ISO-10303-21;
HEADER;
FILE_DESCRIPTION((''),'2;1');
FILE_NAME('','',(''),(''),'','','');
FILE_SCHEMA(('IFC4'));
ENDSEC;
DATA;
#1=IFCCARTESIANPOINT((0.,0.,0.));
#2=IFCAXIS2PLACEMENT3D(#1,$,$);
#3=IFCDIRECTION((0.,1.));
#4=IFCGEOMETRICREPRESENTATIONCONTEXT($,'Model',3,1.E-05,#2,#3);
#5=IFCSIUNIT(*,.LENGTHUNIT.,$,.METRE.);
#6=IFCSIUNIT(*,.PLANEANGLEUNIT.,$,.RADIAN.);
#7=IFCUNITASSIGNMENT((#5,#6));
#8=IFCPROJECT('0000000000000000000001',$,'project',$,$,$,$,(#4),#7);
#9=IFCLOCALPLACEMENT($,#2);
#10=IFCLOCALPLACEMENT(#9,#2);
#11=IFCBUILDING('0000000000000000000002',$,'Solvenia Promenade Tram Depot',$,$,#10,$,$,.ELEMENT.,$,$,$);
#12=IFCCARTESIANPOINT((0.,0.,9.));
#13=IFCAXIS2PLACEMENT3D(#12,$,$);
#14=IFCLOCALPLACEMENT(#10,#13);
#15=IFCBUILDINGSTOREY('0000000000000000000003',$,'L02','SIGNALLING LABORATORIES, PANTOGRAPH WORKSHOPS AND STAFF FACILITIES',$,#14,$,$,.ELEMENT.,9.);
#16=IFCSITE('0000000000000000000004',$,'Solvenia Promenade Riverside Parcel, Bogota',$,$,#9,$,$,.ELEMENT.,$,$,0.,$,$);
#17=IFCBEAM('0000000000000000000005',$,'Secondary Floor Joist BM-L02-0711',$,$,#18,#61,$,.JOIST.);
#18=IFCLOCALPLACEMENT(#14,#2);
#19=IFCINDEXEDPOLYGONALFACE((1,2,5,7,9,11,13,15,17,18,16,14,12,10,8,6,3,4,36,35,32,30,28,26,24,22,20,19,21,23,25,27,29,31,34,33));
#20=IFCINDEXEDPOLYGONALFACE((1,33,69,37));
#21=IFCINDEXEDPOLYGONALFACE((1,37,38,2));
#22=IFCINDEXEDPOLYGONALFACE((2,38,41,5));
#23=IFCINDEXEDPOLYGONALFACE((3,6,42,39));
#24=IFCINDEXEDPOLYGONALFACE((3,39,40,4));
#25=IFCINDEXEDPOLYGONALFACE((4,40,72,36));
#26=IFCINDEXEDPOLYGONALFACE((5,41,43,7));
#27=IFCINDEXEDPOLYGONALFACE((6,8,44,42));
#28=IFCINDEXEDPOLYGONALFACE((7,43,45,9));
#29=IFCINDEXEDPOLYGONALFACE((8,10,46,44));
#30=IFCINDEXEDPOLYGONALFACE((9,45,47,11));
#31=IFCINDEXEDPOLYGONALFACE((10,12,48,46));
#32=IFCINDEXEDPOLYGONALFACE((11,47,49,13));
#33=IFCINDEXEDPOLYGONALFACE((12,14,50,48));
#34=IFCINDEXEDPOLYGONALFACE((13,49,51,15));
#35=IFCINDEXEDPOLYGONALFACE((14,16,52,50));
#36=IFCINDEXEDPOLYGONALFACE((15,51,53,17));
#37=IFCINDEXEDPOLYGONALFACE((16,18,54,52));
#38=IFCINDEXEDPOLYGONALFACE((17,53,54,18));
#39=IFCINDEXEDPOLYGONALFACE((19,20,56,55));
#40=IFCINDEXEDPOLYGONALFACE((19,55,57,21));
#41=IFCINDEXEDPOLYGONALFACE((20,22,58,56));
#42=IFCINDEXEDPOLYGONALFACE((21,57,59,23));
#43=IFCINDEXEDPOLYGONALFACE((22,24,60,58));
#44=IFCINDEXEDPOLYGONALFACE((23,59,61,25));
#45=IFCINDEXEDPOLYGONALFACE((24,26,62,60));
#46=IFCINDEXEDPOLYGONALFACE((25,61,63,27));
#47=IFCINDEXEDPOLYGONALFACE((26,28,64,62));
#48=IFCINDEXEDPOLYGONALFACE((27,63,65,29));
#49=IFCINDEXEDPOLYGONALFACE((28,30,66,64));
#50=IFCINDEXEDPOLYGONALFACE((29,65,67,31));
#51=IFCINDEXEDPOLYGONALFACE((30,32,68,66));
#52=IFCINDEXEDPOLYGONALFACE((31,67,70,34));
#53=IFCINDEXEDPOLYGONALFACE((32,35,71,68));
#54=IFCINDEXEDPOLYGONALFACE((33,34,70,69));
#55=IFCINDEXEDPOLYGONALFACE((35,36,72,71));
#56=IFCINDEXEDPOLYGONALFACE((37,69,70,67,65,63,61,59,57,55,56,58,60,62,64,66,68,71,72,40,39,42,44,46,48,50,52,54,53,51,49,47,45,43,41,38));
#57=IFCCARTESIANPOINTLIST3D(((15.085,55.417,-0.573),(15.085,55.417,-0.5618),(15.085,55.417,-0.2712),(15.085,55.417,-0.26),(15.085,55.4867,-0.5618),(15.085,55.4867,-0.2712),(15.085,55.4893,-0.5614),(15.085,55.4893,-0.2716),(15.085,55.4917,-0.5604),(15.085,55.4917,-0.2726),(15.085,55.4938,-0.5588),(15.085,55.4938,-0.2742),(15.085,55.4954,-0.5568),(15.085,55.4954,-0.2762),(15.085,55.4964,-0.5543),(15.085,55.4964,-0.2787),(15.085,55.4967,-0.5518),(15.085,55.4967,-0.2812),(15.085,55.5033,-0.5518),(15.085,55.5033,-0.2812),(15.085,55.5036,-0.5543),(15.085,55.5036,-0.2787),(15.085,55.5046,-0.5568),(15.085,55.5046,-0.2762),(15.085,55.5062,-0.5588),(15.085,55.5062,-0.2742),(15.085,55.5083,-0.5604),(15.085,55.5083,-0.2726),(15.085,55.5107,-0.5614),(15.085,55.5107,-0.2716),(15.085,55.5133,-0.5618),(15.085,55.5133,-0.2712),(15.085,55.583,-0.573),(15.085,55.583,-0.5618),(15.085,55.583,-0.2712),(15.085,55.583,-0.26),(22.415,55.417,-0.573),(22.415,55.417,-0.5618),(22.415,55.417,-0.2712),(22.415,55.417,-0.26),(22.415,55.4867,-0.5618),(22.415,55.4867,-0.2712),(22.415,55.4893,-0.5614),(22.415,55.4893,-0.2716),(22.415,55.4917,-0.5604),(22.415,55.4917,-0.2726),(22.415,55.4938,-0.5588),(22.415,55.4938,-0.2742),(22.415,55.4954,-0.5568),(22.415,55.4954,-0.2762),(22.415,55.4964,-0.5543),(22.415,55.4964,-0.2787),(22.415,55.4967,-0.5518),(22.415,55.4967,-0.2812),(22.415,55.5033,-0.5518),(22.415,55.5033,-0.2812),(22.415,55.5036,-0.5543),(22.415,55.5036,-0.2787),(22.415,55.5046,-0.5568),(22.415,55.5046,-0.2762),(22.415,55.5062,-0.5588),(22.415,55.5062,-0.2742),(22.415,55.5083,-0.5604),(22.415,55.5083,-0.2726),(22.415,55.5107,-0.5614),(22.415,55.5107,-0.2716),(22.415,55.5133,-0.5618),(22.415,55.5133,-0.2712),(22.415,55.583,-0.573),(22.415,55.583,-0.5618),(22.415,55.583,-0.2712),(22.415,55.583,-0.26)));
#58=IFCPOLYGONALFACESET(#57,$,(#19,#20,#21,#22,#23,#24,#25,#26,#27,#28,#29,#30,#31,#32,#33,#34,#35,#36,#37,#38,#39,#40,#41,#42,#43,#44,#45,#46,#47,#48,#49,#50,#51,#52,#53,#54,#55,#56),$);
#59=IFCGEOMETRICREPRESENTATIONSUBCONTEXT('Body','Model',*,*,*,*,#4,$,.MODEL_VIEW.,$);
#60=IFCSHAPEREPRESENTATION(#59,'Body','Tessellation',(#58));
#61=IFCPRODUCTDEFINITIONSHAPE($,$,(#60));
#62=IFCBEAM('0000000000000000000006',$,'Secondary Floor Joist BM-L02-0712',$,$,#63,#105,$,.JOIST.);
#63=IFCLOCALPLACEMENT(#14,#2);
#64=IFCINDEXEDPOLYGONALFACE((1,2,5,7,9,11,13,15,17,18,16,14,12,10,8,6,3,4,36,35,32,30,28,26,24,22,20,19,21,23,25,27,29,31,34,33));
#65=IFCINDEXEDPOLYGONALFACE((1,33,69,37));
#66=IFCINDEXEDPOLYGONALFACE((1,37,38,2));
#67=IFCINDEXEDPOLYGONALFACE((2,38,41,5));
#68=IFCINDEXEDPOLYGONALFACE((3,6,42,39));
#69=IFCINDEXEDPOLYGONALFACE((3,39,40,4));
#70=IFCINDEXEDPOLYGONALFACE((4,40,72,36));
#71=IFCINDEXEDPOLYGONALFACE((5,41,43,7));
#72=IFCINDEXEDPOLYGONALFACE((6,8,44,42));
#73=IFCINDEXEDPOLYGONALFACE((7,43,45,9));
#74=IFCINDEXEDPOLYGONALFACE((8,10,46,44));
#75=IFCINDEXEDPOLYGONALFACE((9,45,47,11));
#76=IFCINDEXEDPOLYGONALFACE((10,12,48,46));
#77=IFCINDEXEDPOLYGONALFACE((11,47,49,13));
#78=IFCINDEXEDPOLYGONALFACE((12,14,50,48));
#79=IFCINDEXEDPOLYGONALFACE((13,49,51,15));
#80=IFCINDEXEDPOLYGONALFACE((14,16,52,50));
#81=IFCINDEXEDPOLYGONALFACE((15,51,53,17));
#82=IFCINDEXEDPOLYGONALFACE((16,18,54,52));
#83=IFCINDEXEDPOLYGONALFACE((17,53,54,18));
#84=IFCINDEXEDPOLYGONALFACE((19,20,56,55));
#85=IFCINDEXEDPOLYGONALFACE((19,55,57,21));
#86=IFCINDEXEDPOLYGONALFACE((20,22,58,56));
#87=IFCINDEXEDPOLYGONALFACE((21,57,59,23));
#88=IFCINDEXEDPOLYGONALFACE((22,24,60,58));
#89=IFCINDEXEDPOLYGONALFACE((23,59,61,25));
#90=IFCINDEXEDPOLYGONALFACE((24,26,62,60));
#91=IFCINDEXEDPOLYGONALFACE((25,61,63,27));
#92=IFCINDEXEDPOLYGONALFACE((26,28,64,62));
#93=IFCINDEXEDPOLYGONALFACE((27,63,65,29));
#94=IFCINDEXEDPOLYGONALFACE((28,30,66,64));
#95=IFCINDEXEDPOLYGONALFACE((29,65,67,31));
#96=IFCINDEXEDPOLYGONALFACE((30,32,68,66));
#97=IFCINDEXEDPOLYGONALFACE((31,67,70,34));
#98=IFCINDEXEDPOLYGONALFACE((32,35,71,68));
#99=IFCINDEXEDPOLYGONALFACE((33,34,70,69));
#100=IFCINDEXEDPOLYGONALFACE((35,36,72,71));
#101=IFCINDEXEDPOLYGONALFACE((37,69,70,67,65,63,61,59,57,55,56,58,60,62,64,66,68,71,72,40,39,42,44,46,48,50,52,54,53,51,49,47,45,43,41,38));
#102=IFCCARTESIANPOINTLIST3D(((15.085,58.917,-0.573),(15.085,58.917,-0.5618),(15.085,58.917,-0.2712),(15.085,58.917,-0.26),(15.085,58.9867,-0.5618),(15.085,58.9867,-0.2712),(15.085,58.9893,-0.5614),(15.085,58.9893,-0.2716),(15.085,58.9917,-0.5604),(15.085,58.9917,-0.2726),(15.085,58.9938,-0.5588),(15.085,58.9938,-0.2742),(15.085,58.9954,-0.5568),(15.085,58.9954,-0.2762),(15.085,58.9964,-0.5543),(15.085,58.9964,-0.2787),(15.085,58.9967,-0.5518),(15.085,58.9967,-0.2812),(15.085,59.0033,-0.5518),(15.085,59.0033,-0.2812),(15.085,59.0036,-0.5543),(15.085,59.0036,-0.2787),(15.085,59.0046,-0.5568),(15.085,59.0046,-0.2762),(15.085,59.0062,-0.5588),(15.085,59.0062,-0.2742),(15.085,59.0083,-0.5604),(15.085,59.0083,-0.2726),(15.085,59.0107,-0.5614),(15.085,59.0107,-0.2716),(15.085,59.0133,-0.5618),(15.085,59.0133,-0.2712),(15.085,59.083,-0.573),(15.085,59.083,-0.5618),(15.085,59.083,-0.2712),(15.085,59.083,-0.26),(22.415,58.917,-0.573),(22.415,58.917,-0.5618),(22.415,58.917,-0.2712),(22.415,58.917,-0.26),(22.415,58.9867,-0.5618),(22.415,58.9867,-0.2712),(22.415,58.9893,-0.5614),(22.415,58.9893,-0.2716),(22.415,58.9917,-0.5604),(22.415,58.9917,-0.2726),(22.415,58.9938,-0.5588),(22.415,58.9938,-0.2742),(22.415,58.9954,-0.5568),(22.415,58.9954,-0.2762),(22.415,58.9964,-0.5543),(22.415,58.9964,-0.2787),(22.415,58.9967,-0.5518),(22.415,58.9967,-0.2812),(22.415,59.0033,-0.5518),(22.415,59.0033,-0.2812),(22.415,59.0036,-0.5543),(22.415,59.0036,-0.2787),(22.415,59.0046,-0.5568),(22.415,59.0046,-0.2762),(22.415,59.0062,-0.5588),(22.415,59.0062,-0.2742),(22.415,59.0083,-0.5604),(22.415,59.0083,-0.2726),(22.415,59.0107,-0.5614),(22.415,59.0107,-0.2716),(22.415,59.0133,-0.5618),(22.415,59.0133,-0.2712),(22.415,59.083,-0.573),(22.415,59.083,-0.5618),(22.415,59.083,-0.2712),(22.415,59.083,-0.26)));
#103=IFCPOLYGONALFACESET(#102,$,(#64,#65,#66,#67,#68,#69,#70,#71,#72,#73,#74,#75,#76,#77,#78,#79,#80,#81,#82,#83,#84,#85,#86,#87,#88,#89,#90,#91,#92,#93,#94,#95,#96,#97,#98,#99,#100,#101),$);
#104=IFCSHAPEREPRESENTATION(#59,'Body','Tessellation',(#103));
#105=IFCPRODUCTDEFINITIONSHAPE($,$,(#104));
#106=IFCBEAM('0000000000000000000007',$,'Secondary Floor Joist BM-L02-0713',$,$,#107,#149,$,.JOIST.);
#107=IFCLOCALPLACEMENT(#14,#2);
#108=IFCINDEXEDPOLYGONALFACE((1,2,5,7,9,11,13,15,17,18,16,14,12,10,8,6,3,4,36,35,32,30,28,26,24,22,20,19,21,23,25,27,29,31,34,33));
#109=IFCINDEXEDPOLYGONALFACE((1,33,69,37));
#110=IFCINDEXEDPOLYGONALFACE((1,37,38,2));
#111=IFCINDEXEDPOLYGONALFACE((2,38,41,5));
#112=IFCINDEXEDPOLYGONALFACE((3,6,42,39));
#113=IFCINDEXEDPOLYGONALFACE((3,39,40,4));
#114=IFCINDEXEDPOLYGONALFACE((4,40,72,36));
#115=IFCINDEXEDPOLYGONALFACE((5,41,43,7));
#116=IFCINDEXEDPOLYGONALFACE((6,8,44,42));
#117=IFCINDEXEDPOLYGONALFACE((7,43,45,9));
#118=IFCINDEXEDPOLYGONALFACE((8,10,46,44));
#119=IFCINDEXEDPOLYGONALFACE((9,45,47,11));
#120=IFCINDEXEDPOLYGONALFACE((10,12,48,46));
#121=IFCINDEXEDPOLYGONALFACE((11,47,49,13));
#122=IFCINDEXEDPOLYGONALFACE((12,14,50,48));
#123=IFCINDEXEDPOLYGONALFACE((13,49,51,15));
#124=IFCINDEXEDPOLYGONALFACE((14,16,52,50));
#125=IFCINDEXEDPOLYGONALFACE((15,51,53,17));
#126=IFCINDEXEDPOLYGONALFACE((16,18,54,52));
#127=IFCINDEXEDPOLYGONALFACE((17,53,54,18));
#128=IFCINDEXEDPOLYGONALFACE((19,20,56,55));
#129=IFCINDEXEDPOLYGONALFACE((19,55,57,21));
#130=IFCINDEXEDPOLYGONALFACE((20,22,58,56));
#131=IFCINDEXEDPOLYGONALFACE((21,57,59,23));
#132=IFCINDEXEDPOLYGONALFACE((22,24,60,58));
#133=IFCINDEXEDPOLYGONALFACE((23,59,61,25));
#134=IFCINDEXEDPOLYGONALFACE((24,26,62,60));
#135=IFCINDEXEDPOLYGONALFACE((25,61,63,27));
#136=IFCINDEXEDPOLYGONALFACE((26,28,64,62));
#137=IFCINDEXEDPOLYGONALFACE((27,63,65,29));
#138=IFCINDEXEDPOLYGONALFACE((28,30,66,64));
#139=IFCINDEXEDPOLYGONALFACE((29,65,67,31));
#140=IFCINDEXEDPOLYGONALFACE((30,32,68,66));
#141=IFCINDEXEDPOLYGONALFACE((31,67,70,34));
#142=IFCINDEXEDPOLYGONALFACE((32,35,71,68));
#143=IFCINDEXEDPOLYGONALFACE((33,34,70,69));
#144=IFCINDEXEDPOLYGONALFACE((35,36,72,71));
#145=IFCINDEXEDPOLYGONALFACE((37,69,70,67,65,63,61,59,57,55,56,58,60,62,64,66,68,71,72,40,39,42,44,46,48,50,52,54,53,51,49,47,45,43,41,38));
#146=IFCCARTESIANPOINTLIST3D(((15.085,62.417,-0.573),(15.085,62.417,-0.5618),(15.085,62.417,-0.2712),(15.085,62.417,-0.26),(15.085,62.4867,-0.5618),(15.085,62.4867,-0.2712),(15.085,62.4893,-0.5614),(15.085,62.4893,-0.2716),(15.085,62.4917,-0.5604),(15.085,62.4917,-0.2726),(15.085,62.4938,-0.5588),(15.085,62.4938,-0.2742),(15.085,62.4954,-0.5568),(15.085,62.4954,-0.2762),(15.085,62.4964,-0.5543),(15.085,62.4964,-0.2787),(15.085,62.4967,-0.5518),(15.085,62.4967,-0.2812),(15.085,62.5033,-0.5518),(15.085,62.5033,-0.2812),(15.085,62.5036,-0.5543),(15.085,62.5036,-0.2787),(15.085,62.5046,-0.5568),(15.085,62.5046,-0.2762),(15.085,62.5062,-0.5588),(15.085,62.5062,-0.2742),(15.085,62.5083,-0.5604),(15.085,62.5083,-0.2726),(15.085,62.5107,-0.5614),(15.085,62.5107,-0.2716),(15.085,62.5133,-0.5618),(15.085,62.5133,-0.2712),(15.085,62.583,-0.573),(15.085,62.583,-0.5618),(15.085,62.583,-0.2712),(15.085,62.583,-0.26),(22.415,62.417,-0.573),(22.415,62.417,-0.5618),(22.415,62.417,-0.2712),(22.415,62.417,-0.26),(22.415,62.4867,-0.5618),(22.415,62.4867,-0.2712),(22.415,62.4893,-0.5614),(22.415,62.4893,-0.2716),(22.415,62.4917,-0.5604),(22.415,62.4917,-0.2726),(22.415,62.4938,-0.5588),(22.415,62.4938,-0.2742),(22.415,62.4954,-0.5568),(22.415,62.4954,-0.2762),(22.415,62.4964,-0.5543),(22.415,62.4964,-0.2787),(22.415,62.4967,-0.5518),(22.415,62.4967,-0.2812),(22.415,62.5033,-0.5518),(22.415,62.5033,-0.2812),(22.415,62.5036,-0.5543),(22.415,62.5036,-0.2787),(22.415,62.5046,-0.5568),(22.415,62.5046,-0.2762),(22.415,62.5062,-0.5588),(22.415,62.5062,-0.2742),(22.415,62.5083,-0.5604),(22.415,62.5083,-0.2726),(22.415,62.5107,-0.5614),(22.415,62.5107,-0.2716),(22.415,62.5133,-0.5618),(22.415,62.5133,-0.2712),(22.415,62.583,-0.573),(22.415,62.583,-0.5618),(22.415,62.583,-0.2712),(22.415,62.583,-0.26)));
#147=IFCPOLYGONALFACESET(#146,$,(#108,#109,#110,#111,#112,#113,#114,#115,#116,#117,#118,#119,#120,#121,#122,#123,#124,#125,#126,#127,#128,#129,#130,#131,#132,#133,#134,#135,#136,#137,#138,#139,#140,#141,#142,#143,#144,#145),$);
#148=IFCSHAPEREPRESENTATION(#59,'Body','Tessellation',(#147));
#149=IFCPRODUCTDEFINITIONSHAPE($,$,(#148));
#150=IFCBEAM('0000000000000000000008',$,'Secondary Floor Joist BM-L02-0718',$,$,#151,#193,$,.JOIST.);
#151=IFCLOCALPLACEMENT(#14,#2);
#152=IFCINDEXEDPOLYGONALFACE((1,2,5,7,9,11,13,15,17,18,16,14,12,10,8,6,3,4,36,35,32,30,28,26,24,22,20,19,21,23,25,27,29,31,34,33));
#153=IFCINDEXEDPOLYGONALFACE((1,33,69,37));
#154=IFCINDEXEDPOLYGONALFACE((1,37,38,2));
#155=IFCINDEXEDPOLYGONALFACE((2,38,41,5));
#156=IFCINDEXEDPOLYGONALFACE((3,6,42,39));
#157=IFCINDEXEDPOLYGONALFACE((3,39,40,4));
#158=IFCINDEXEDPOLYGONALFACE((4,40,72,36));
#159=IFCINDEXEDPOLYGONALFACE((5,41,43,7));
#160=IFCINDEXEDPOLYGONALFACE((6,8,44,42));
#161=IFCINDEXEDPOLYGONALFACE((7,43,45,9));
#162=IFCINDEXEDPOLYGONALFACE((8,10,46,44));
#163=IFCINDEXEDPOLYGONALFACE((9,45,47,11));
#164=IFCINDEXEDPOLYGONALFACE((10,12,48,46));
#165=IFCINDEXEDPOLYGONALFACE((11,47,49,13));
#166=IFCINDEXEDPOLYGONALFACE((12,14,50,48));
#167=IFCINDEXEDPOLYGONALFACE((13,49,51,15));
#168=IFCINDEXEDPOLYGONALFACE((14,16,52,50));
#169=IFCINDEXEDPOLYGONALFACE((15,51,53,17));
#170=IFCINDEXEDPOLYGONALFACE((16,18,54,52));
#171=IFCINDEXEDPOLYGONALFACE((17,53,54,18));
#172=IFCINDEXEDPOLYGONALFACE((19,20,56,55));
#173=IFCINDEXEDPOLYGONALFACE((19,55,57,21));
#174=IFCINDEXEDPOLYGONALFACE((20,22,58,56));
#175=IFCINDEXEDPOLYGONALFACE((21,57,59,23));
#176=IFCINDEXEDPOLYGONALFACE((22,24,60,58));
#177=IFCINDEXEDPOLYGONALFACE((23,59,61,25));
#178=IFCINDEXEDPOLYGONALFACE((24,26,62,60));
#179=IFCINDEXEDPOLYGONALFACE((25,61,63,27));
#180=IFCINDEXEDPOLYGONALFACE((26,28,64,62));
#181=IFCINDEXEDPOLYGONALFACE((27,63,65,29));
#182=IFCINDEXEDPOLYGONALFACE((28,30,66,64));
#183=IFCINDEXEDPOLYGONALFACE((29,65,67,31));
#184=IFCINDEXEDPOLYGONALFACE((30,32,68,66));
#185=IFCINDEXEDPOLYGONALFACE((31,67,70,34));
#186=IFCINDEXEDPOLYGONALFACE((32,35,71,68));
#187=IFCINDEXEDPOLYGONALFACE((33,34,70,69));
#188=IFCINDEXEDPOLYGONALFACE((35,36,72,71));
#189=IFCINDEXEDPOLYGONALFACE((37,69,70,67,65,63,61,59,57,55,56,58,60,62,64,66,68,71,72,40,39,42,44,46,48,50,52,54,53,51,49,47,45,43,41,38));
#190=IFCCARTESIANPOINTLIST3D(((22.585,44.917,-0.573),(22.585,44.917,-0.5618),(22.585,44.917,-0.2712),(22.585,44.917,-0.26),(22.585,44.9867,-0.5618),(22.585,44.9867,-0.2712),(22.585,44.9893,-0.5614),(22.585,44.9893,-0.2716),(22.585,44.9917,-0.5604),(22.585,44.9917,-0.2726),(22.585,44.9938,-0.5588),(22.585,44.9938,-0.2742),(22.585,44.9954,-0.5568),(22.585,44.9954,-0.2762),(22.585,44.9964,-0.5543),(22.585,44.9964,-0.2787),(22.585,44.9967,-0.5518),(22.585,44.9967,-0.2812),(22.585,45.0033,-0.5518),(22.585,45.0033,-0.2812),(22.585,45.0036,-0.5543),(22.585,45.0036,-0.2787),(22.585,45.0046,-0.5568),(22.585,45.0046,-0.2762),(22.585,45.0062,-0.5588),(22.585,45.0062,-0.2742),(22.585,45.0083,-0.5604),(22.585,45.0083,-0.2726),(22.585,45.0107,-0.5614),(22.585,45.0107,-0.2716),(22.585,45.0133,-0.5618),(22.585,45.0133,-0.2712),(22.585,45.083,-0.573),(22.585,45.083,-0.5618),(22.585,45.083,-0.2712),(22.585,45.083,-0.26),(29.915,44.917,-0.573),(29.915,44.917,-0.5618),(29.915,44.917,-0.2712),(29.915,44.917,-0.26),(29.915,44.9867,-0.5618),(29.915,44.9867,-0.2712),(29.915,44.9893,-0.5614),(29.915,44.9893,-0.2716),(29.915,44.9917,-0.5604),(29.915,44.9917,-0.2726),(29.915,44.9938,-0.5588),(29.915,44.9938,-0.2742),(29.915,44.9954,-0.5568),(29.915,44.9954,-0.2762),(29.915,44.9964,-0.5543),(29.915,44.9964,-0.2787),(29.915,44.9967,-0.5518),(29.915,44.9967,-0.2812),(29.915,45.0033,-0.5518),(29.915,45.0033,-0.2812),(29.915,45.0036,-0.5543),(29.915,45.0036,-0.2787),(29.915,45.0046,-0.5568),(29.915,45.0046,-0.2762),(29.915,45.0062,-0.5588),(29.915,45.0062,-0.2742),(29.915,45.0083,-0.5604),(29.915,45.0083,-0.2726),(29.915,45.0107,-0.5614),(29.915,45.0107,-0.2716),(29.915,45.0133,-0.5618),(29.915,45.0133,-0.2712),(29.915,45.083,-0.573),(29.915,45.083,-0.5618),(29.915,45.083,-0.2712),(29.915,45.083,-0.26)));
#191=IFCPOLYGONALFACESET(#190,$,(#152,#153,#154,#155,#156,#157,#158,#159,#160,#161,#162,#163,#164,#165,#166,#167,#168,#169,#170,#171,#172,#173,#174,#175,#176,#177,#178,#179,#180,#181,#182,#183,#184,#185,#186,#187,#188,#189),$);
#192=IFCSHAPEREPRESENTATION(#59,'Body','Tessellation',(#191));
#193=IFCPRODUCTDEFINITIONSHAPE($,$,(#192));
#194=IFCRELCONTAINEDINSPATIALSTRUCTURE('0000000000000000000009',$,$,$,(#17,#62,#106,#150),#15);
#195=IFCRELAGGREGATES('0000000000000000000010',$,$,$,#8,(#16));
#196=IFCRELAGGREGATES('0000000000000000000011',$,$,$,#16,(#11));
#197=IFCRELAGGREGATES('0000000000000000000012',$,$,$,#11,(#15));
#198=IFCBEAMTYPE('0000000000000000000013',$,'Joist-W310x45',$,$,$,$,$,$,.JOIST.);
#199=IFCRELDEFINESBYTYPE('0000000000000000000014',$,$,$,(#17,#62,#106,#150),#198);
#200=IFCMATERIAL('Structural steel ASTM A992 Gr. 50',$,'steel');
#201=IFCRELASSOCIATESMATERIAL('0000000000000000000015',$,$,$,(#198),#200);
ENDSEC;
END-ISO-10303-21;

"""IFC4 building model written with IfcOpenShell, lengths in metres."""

from ifc_helpers import new_model, si_unit, direction, frame, origin, origin_2d, place, context, subcontext, project, spatial, i_section, extrude, material, material_profile, profile_set, type_object, element, save


model = new_model("IFC4")

# Units and contexts
model_context = context("Model", 3, precision=1e-05, world=origin(), true_north=direction((0.0, 1.0)))
body_context = subcontext(model_context, "Body", "Model", "MODEL_VIEW")
ifc_project = project(units=[si_unit("LENGTHUNIT", "METRE"), si_unit("PLANEANGLEUNIT", "RADIAN")], contexts=[model_context])

# Site, building, storey
site_placement = place(None, origin())
site = spatial("IfcSite", under=ifc_project, at=site_placement, Name="Solvenia Promenade Riverside Parcel, Bogota", CompositionType="ELEMENT", RefElevation=0.0)
building_placement = place(site_placement, origin())
building = spatial("IfcBuilding", under=site, at=building_placement, Name="Solvenia Promenade Tram Depot", CompositionType="ELEMENT")
storey_placement = place(building_placement, frame((0.0, 0.0, 9.0)))
storey = spatial("IfcBuildingStorey", under=building, at=storey_placement, Name="L02", Description="SIGNALLING LABORATORIES, PANTOGRAPH WORKSHOPS AND STAFF FACILITIES", CompositionType="ELEMENT", Elevation=9.0)

# Beams
ifc_material = material(Name="Structural steel ASTM A992 Gr. 50", Category="steel")
ifc_material_profile_1 = material_profile(ifc_material, i_section(OverallWidth=0.166, OverallDepth=0.313, WebThickness=0.0066, FlangeThickness=0.0112, FilletRadius=0.01, at=origin_2d()), Name="W310x45", Category="steel")
ifc_profile_set_1 = profile_set([ifc_material_profile_1], Name="Structural steel ASTM A992 Gr. 50")
beam_type_1 = type_object("IfcBeamType", Name="Joist-W310x45", PredefinedType="JOIST", material=ifc_profile_set_1)
for number, where, z_axis, x_axis, name in (
    (1, (15.085, 55.5, -0.4165), (1.0, 0.0, 0.0), (0.0, 1.0, 0.0), "Secondary Floor Joist BM-L02-0711"),
    (2, (15.085, 59.0, -0.4165), (1.0, 0.0, 0.0), (0.0, 1.0, 0.0), "Secondary Floor Joist BM-L02-0712"),
    (3, (15.085, 62.5, -0.4165), (1.0, 0.0, 0.0), (0.0, 1.0, 0.0), "Secondary Floor Joist BM-L02-0713"),
    (4, (22.585, 45.0, -0.4165), (1.0, 0.0, 0.0), (0.0, 1.0, 0.0), "Secondary Floor Joist BM-L02-0718"),
):
    element("IfcBeam", number, at=place(storey_placement, frame(where, z_axis=z_axis, x_axis=x_axis)), inside=storey, type_object=beam_type_1, Name=name, PredefinedType="JOIST", context=body_context, shape_type="SweptSolid", body=[
        extrude(i_section(OverallWidth=0.166, OverallDepth=0.313, WebThickness=0.0066, FlangeThickness=0.0112, FilletRadius=0.01, at=origin_2d()), origin(), (0.0, 0.0, 1.0), 7.3301),
    ])

save(model, "model.ifc")
